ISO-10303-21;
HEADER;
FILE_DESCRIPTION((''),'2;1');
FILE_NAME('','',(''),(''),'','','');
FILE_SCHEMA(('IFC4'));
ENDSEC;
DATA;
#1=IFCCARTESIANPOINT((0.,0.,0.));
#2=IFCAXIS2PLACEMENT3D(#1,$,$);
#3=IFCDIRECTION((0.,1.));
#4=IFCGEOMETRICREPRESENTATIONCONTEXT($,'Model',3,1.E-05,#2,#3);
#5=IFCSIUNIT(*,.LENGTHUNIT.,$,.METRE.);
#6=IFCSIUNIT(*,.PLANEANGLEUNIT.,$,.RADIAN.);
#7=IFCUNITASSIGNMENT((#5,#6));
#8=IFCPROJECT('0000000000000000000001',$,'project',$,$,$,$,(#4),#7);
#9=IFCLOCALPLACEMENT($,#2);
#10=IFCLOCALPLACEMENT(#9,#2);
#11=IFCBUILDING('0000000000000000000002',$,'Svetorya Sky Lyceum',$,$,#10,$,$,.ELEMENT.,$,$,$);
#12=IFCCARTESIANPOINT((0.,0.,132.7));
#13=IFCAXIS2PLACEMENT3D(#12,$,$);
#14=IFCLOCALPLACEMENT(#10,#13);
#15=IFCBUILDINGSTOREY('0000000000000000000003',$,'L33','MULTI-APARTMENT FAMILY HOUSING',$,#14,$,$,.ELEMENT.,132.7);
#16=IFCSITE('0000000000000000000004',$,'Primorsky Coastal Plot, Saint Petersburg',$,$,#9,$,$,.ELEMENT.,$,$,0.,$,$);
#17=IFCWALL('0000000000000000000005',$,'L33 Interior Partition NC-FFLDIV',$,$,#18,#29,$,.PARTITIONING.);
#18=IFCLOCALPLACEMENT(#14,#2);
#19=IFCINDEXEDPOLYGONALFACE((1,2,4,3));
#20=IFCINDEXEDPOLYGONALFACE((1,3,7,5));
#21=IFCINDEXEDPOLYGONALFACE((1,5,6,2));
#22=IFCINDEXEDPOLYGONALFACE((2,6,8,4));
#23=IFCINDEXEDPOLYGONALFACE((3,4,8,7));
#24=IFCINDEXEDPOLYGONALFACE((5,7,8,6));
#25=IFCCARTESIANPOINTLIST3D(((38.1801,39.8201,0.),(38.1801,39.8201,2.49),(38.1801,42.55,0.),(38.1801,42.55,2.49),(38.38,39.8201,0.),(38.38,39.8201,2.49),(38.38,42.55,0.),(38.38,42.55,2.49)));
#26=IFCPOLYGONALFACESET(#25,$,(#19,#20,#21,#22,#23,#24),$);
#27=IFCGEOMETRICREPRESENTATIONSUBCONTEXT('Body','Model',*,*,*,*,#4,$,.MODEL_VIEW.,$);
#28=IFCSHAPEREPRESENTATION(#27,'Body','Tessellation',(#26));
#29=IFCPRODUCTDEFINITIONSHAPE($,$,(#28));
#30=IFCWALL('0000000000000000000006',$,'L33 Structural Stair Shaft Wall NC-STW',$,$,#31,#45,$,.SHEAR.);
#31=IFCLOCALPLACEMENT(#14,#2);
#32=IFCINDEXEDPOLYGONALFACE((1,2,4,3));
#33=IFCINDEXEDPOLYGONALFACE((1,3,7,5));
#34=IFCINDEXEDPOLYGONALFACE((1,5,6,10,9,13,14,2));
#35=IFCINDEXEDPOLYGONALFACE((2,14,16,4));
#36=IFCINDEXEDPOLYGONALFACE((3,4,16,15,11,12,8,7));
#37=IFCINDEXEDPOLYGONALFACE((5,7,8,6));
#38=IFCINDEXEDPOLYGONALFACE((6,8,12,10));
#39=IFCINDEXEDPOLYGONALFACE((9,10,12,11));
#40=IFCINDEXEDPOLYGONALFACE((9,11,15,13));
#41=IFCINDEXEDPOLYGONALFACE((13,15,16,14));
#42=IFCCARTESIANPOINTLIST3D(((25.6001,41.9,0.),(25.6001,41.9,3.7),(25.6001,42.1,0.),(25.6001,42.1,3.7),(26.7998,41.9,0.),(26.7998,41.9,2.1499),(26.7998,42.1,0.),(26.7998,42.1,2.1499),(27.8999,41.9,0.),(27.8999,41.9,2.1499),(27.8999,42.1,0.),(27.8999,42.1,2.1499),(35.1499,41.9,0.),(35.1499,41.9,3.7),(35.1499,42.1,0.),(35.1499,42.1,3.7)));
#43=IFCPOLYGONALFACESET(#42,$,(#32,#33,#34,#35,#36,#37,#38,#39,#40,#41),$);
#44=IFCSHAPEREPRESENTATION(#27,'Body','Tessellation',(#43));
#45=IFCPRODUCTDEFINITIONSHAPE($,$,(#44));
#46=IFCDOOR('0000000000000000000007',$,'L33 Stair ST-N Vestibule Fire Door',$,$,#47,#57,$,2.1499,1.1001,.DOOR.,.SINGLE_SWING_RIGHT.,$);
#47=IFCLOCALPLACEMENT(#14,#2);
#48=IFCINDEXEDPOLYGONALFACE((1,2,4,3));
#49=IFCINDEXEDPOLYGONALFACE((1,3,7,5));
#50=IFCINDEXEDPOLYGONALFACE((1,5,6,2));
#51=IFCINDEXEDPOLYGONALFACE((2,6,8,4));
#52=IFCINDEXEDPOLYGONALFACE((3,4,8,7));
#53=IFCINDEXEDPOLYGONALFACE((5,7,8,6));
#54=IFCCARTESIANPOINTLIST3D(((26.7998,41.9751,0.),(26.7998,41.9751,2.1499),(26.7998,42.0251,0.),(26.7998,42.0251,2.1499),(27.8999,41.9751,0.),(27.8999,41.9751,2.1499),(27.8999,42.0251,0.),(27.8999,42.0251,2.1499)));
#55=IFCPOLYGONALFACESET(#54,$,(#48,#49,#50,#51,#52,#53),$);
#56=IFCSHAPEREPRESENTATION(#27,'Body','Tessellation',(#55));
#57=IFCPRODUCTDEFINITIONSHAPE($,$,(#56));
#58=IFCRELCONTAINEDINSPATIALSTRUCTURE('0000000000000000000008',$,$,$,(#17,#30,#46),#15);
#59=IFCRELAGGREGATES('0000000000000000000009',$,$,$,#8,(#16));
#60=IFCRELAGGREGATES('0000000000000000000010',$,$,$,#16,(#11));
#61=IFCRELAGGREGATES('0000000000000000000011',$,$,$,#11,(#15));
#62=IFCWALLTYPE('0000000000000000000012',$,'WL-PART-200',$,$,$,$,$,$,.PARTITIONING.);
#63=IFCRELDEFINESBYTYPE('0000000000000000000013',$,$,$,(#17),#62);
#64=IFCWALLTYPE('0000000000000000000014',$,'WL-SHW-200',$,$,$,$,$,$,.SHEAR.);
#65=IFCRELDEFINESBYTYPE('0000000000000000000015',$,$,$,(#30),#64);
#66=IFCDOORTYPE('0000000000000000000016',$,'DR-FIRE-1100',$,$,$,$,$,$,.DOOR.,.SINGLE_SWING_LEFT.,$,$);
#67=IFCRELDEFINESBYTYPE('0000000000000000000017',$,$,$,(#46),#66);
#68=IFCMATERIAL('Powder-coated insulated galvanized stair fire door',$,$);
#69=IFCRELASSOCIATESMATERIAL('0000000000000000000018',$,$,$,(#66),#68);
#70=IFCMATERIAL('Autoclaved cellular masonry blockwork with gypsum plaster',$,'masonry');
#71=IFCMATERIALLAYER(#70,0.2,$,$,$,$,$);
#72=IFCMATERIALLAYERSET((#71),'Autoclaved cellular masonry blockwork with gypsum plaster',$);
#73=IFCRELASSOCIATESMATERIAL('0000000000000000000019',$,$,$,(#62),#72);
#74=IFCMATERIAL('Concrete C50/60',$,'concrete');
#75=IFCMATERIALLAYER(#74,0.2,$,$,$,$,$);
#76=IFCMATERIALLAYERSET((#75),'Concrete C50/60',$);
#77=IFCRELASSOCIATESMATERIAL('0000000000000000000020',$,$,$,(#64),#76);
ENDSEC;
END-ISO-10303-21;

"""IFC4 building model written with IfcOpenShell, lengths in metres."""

from ifc_helpers import new_model, si_unit, direction, frame, frame_2d, origin, place, context, subcontext, project, spatial, rectangle, extrude, material, layer, layer_set, type_object, element, fill, save


model = new_model("IFC4")

# Units and contexts
model_context = context("Model", 3, precision=1e-05, world=origin(), true_north=direction((0.0, 1.0)))
body_context = subcontext(model_context, "Body", "Model", "MODEL_VIEW")
ifc_project = project(units=[si_unit("LENGTHUNIT", "METRE"), si_unit("PLANEANGLEUNIT", "RADIAN")], contexts=[model_context])

# Site, building, storey
site_placement = place(None, origin())
site = spatial("IfcSite", under=ifc_project, at=site_placement, Name="Primorsky Coastal Plot, Saint Petersburg", CompositionType="ELEMENT", RefElevation=0.0)
building_placement = place(site_placement, origin())
building = spatial("IfcBuilding", under=site, at=building_placement, Name="Svetorya Sky Lyceum", CompositionType="ELEMENT")
storey_placement = place(building_placement, frame((0.0, 0.0, 132.7)))
storey = spatial("IfcBuildingStorey", under=building, at=storey_placement, Name="L33", Description="MULTI-APARTMENT FAMILY HOUSING", CompositionType="ELEMENT", Elevation=132.7)

# Shared definitions
ifc_material_1 = material(Name="Concrete C50/60", Category="concrete")

# Shared definitions
ifc_material_2 = material(Name="Powder-coated insulated galvanized stair fire door")
door_type_1 = type_object("IfcDoorType", Name="DR-FIRE-1100", OperationType="SINGLE_SWING_LEFT", PredefinedType="DOOR", material=ifc_material_2)

# Shared definitions
ifc_material_3 = material(Name="Autoclaved cellular masonry blockwork with gypsum plaster", Category="masonry")
ifc_layer_1 = layer(ifc_material_3, 0.2)
ifc_layer_set_1 = layer_set([ifc_layer_1], Name="Autoclaved cellular masonry blockwork with gypsum plaster")
wall_type_1 = type_object("IfcWallType", Name="WL-PART-200", PredefinedType="PARTITIONING", material=ifc_layer_set_1)

# Wall
wall_1_placement = place(storey_placement, frame((38.28, 39.8201, 0.0), z_axis=(0.0, 0.0, 1.0), x_axis=(0.0, 1.0, 0.0)))
element("IfcWall", 1, at=wall_1_placement, inside=storey, type_object=wall_type_1, Name="L33 Interior Partition NC-FFLDIV", PredefinedType="PARTITIONING", context=body_context, shape_type="SweptSolid", body=[
    extrude(rectangle(XDim=2.73, YDim=0.2, at=frame_2d((1.365, 0.0))), origin(), (0.0, 0.0, 1.0), 2.49),
])

# Wall, opening, door
ifc_layer_2 = layer(ifc_material_1, 0.2)
ifc_layer_set_2 = layer_set([ifc_layer_2], Name="Concrete C50/60")
wall_type_2 = type_object("IfcWallType", Name="WL-SHW-200", PredefinedType="SHEAR", material=ifc_layer_set_2)
wall_2_placement = place(storey_placement, frame((35.1499, 42.0, 0.0), z_axis=(0.0, 0.0, 1.0), x_axis=(-1.0, 0.0, 0.0)))
wall_2 = element("IfcWall", 2, at=wall_2_placement, inside=storey, type_object=wall_type_2, Name="L33 Structural Stair Shaft Wall NC-STW", PredefinedType="SHEAR", context=body_context, shape_type="SweptSolid", body=[
    extrude(rectangle(XDim=9.5498, YDim=0.2, at=frame_2d((4.7749, 0.0))), origin(), (0.0, 0.0, 1.0), 3.7),
])
opening_1_placement = place(wall_2_placement, frame((7.25, 0.0, 0.0)))
opening_1 = element("IfcOpeningElement", 3, at=opening_1_placement, cuts=wall_2, PredefinedType="OPENING", context=body_context, shape_type="SweptSolid", body=[
    extrude(rectangle(XDim=1.1001, YDim=2.1499, at=frame_2d((0.55, 1.075))), frame((0.0, 0.1099, 0.0), z_axis=(0.0, -1.0, 0.0), x_axis=(1.0, 0.0, 0.0)), (0.0, 0.0, 1.0), 0.22),
])
door_1_placement = place(opening_1_placement, origin())
door_1 = element("IfcDoor", 4, at=door_1_placement, inside=storey, type_object=door_type_1, Name="L33 Stair ST-N Vestibule Fire Door", OperationType="SINGLE_SWING_RIGHT", OverallHeight=2.1499, OverallWidth=1.1001, PredefinedType="DOOR", context=body_context, shape_type="SweptSolid", body=[
    extrude(rectangle(XDim=1.1001, YDim=2.1499, at=frame_2d((0.55, 1.075))), frame((0.0, 0.0249, 0.0), z_axis=(0.0, -1.0, 0.0), x_axis=(1.0, 0.0, 0.0)), (0.0, 0.0, 1.0), 0.05),
])
fill(opening_1, door_1)

save(model, "model.ifc")
